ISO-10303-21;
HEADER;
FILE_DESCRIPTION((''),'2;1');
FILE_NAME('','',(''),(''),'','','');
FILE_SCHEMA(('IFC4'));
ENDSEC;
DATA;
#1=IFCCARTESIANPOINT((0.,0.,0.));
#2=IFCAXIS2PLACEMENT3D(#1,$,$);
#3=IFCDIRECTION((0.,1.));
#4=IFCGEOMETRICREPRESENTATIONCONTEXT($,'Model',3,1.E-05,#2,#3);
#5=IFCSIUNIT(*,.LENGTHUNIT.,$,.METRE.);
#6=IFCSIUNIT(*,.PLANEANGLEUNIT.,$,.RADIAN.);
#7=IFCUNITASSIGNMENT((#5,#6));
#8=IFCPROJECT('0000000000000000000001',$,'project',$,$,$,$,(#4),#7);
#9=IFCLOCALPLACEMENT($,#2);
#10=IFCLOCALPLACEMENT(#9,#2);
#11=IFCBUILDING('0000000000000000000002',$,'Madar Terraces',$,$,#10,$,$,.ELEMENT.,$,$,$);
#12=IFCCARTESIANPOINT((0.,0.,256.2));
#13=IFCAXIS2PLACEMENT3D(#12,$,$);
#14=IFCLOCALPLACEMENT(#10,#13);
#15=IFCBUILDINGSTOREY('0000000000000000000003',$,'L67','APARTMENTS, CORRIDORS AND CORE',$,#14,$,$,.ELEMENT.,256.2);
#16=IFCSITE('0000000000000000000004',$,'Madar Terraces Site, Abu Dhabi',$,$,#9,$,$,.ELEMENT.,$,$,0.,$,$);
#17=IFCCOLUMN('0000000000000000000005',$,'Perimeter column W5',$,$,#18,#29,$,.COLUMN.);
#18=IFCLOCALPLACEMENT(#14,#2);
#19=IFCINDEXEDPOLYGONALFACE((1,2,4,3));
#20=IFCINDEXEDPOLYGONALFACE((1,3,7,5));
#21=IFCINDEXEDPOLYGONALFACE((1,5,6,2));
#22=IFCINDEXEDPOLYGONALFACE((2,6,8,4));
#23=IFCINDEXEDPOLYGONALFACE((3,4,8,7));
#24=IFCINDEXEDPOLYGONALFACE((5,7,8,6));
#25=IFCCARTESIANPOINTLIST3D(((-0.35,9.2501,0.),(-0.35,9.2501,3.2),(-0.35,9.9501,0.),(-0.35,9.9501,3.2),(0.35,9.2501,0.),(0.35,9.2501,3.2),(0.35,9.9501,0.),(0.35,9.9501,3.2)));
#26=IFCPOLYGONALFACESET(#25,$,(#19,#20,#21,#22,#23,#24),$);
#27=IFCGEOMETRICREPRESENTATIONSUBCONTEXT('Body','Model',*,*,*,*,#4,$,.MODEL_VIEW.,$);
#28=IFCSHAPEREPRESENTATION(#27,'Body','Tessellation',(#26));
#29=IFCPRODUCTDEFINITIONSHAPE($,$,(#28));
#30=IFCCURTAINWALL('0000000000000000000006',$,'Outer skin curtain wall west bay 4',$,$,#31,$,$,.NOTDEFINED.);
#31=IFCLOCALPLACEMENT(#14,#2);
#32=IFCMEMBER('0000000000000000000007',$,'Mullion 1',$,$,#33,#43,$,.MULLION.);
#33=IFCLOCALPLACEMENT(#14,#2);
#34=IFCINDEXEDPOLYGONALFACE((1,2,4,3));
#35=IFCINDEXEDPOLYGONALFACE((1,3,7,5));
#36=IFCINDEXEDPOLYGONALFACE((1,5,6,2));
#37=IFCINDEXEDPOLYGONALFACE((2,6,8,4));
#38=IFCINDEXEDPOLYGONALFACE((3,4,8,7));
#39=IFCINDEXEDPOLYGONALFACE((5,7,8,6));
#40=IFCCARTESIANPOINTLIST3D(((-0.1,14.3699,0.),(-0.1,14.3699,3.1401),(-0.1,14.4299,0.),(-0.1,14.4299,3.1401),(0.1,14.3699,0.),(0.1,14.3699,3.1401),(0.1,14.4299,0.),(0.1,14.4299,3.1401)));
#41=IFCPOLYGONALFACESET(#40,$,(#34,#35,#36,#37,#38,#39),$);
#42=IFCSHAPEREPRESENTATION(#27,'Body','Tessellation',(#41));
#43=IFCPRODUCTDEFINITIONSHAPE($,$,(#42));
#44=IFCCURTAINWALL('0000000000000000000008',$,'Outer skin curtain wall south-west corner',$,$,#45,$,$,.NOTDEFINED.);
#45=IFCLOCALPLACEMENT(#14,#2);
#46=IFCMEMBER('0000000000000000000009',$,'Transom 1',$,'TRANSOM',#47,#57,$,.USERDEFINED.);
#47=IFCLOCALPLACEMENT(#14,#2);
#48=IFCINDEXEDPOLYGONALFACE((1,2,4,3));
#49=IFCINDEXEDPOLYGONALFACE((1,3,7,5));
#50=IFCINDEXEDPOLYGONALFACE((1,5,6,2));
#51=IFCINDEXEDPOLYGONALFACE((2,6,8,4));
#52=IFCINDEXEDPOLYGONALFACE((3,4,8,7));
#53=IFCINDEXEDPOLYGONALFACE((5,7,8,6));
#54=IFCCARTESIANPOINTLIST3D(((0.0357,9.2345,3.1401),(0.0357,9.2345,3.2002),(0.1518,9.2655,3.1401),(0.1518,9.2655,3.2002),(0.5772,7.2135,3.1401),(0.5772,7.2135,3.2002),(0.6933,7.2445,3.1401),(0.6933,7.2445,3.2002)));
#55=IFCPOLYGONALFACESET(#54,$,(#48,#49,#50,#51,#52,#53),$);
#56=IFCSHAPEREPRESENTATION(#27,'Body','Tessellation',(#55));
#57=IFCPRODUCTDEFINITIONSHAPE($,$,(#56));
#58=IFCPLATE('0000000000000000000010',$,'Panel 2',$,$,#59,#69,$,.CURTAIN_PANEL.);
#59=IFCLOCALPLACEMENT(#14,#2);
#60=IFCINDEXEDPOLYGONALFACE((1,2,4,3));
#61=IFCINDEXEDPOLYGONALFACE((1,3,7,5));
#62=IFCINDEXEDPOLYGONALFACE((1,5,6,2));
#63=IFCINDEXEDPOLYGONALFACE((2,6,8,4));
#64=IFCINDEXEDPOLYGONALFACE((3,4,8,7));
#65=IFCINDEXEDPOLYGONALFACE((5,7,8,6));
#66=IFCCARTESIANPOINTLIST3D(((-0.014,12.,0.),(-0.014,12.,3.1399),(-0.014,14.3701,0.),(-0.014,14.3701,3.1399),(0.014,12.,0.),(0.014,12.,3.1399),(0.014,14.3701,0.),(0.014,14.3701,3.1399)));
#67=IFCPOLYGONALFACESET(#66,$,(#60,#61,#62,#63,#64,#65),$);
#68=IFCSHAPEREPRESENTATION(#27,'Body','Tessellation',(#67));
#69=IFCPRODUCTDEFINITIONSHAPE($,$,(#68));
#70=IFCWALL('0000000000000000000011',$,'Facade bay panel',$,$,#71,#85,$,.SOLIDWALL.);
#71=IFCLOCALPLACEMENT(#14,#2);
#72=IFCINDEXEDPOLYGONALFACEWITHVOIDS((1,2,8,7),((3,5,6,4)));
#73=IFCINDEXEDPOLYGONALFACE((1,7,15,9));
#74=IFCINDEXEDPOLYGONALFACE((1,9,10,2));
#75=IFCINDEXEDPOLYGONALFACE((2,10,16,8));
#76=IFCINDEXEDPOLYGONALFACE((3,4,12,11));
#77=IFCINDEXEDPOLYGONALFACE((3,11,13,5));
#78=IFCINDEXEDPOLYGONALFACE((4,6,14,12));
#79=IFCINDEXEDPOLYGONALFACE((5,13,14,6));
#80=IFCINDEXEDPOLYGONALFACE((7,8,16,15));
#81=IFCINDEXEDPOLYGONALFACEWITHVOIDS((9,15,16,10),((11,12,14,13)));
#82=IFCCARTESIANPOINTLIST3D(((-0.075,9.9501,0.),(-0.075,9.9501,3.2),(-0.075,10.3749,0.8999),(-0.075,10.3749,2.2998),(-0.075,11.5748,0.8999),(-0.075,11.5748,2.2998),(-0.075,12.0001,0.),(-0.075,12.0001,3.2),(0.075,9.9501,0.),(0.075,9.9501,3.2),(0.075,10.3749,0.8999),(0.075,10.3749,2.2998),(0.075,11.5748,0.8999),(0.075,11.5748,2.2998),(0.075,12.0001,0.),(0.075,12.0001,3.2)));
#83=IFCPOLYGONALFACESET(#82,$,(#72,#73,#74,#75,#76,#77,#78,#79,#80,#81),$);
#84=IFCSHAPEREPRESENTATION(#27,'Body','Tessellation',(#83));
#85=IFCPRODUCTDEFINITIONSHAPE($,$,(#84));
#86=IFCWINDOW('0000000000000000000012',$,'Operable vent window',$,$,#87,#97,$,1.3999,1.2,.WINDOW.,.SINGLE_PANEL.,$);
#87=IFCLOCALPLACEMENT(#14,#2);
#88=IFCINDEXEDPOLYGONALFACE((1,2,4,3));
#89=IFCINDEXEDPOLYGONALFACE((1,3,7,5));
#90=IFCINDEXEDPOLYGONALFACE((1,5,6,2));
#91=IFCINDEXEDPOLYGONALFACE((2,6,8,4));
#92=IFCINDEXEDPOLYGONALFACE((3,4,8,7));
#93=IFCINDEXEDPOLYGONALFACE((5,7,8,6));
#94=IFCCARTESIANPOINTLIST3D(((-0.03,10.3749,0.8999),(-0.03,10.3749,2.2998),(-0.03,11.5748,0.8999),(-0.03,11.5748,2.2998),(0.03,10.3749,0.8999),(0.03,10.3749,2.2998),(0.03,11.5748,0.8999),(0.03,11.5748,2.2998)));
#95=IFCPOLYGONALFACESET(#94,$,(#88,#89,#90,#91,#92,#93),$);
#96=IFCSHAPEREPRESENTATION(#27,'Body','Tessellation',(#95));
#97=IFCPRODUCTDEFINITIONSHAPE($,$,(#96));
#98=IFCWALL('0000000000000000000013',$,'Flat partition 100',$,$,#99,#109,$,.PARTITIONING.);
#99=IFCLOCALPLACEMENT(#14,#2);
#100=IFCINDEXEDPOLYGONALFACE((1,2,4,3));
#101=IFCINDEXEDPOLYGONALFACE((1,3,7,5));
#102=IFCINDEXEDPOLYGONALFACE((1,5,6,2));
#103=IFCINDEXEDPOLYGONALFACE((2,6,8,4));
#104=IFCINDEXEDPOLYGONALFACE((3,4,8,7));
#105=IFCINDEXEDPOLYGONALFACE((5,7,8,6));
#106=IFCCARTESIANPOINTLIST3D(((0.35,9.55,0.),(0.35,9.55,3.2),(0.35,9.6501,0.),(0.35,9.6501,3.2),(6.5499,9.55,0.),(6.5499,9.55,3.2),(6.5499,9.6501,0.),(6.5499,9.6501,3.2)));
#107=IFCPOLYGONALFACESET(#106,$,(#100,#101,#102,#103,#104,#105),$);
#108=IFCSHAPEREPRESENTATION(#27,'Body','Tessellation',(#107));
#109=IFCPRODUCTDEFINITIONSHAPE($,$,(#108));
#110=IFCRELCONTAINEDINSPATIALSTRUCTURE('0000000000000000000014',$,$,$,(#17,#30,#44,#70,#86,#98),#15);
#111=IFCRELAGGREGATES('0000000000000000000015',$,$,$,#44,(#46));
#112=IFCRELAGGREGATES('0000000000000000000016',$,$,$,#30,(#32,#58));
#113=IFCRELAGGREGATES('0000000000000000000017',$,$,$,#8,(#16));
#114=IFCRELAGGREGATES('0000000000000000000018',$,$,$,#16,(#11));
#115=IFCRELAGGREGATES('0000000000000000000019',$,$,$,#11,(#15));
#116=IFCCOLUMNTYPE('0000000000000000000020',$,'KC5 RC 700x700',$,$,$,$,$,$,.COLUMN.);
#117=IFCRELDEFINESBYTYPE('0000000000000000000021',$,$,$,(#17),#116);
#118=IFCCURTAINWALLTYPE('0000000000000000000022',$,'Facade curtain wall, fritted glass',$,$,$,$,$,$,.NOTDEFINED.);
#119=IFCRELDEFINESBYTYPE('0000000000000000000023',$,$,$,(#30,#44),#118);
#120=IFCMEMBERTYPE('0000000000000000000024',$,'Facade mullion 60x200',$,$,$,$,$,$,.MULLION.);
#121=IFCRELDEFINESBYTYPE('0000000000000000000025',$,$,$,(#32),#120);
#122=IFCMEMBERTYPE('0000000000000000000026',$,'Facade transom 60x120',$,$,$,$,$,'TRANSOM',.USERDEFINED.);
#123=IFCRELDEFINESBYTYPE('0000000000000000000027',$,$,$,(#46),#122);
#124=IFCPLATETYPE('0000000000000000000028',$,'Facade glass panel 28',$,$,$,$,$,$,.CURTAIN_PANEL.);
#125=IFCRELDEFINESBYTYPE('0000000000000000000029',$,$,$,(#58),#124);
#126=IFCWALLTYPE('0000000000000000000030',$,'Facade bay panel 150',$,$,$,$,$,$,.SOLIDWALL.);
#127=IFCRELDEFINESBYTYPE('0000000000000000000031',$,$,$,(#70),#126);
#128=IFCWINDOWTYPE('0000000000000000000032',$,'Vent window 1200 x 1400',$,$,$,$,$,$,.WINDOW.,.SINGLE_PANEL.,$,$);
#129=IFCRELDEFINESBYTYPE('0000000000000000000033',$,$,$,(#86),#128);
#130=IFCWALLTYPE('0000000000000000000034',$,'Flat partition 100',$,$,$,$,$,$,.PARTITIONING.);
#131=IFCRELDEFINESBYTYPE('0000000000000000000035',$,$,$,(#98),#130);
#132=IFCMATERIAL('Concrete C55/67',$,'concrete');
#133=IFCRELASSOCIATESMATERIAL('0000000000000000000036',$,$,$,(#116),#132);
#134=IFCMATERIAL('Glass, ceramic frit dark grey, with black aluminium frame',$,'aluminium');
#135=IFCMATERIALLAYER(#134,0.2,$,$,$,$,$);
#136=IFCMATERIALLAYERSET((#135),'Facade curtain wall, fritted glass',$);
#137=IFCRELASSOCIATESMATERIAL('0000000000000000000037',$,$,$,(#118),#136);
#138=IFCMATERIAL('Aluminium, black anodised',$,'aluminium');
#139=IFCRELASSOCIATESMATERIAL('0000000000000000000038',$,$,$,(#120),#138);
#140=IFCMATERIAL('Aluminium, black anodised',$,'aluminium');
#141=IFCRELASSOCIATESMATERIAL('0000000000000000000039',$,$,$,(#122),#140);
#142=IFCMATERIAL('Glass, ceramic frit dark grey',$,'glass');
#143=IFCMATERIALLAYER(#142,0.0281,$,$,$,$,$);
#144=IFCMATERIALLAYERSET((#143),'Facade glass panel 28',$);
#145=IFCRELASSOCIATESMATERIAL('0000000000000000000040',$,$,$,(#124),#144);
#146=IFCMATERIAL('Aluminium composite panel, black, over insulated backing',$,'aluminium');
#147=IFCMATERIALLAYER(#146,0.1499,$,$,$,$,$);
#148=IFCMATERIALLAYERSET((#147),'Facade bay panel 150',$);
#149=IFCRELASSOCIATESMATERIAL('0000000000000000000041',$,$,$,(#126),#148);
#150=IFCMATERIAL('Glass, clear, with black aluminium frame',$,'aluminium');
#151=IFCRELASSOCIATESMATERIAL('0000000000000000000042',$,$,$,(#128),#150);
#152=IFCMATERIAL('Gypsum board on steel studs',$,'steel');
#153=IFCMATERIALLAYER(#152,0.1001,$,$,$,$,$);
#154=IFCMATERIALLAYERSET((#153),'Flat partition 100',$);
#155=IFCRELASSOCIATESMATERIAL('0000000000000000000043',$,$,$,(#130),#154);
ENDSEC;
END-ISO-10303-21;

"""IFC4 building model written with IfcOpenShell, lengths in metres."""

from ifc_helpers import new_model, si_unit, direction, frame, frame_2d, origin, origin_2d, place, context, subcontext, project, spatial, rectangle, extrude, material, layer, layer_set, material_profile, profile_set, type_object, element, fill, aggregate, save


model = new_model("IFC4")

# Units and contexts
model_context = context("Model", 3, precision=1e-05, world=origin(), true_north=direction((0.0, 1.0)))
body_context = subcontext(model_context, "Body", "Model", "MODEL_VIEW")
ifc_project = project(units=[si_unit("LENGTHUNIT", "METRE"), si_unit("PLANEANGLEUNIT", "RADIAN")], contexts=[model_context])

# Site, building, storey
site_placement = place(None, origin())
site = spatial("IfcSite", under=ifc_project, at=site_placement, Name="Madar Terraces Site, Abu Dhabi", CompositionType="ELEMENT", RefElevation=0.0)
building_placement = place(site_placement, origin())
building = spatial("IfcBuilding", under=site, at=building_placement, Name="Madar Terraces", CompositionType="ELEMENT")
storey_placement = place(building_placement, frame((0.0, 0.0, 256.2)))
storey = spatial("IfcBuildingStorey", under=building, at=storey_placement, Name="L67", Description="APARTMENTS, CORRIDORS AND CORE", CompositionType="ELEMENT", Elevation=256.2)

# Column
ifc_material_1 = material(Name="Concrete C55/67", Category="concrete")
ifc_material_profile_1 = material_profile(ifc_material_1, rectangle(XDim=0.7, YDim=0.7, at=origin_2d()), Name="KC5 RC 700x700")
ifc_profile_set_1 = profile_set([ifc_material_profile_1], Name="Concrete C55/67")
column_type = type_object("IfcColumnType", Name="KC5 RC 700x700", PredefinedType="COLUMN", material=ifc_profile_set_1)
column_placement = place(storey_placement, frame((0.0, 9.6001, 0.0), z_axis=(0.0, 0.0, 1.0), x_axis=(1.0, 0.0, 0.0)))
element("IfcColumn", 1, at=column_placement, inside=storey, type_object=column_type, Name="Perimeter column W5", PredefinedType="COLUMN", context=body_context, shape_type="SweptSolid", body=[
    extrude(rectangle(XDim=0.7, YDim=0.7, at=origin_2d()), origin(), (0.0, 0.0, 1.0), 3.2),
])

# Curtain walls, members
ifc_material_2 = material(Name="Glass, ceramic frit dark grey, with black aluminium frame", Category="aluminium")
ifc_layer_1 = layer(ifc_material_2, 0.2)
ifc_layer_set_1 = layer_set([ifc_layer_1], Name="Facade curtain wall, fritted glass")
curtain_wall_type = type_object("IfcCurtainWallType", Name="Facade curtain wall, fritted glass", PredefinedType="NOTDEFINED", material=ifc_layer_set_1)
curtain_wall_1_placement = place(storey_placement, origin())
curtain_wall_1 = element("IfcCurtainWall", 2, at=curtain_wall_1_placement, inside=storey, type_object=curtain_wall_type, Name="Outer skin curtain wall west bay 4", PredefinedType="NOTDEFINED")
ifc_material_3 = material(Name="Aluminium, black anodised", Category="aluminium")
ifc_material_profile_2 = material_profile(ifc_material_3, rectangle(XDim=0.2, YDim=0.0601, at=origin_2d()), Name="Facade mullion 60x200")
ifc_profile_set_2 = profile_set([ifc_material_profile_2], Name="Aluminium, black anodised")
member_type_1 = type_object("IfcMemberType", Name="Facade mullion 60x200", PredefinedType="MULLION", material=ifc_profile_set_2)
member_1_placement = place(storey_placement, frame((0.0, 14.3999, 0.0), z_axis=(0.0, 0.0, 1.0), x_axis=(1.0, 0.0, 0.0)))
member_1 = element("IfcMember", 3, at=member_1_placement, type_object=member_type_1, Name="Mullion 1", PredefinedType="MULLION", context=body_context, shape_type="SweptSolid", body=[
    extrude(rectangle(XDim=0.2, YDim=0.0601, at=origin_2d()), origin(), (0.0, 0.0, 1.0), 3.1401),
])
curtain_wall_2_placement = place(storey_placement, origin())
curtain_wall_2 = element("IfcCurtainWall", 4, at=curtain_wall_2_placement, inside=storey, type_object=curtain_wall_type, Name="Outer skin curtain wall south-west corner", PredefinedType="NOTDEFINED")
ifc_material_4 = material(Name="Aluminium, black anodised", Category="aluminium")
ifc_material_profile_3 = material_profile(ifc_material_4, rectangle(XDim=0.1201, YDim=0.0601, at=origin_2d()), Name="Facade transom 60x120")
ifc_profile_set_3 = profile_set([ifc_material_profile_3], Name="Aluminium, black anodised")
member_type_2 = type_object("IfcMemberType", Name="Facade transom 60x120", ElementType="TRANSOM", PredefinedType="USERDEFINED", material=ifc_profile_set_3)
member_2_placement = place(storey_placement, frame((0.0938, 9.25, 3.1702), z_axis=(0.25881, -0.965928, 0.0), x_axis=(0.965928, 0.25881, 0.0)))
member_2 = element("IfcMember", 5, at=member_2_placement, type_object=member_type_2, Name="Transom 1", ObjectType="TRANSOM", PredefinedType="USERDEFINED", context=body_context, shape_type="SweptSolid", body=[
    extrude(rectangle(XDim=0.1201, YDim=0.0601, at=origin_2d()), origin(), (0.0, 0.0, 1.0), 2.0923),
])
aggregate(curtain_wall_2, [member_2])

# Plate
ifc_material_5 = material(Name="Glass, ceramic frit dark grey", Category="glass")
ifc_layer_2 = layer(ifc_material_5, 0.0281)
ifc_layer_set_2 = layer_set([ifc_layer_2], Name="Facade glass panel 28")
plate_type = type_object("IfcPlateType", Name="Facade glass panel 28", PredefinedType="CURTAIN_PANEL", material=ifc_layer_set_2)
plate_placement = place(storey_placement, frame((0.0, 13.1851, 0.0), z_axis=(0.0, 0.0, 1.0), x_axis=(0.0, -1.0, 0.0)))
plate = element("IfcPlate", 6, at=plate_placement, type_object=plate_type, Name="Panel 2", PredefinedType="CURTAIN_PANEL", context=body_context, shape_type="SweptSolid", body=[
    extrude(rectangle(XDim=2.3701, YDim=0.0281, at=origin_2d()), origin(), (0.0, 0.0, 1.0), 3.1399),
])
aggregate(curtain_wall_1, [member_1, plate])

# Wall, opening, window
ifc_material_6 = material(Name="Aluminium composite panel, black, over insulated backing", Category="aluminium")
ifc_layer_3 = layer(ifc_material_6, 0.1499)
ifc_layer_set_3 = layer_set([ifc_layer_3], Name="Facade bay panel 150")
wall_type_1 = type_object("IfcWallType", Name="Facade bay panel 150", PredefinedType="SOLIDWALL", material=ifc_layer_set_3)
wall_1_placement = place(storey_placement, frame((0.0, 12.0, 0.0), z_axis=(0.0, 0.0, 1.0), x_axis=(0.0, -1.0, 0.0)))
wall_1 = element("IfcWall", 7, at=wall_1_placement, inside=storey, type_object=wall_type_1, Name="Facade bay panel", PredefinedType="SOLIDWALL", context=body_context, shape_type="SweptSolid", body=[
    extrude(rectangle(XDim=2.05, YDim=0.1499, at=frame_2d((1.0249, 0.0))), origin(), (0.0, 0.0, 1.0), 3.2),
])
opening_1_placement = place(wall_1_placement, frame((0.425, 0.0, 0.8999)))
opening_1 = element("IfcOpeningElement", 8, at=opening_1_placement, cuts=wall_1, PredefinedType="OPENING", context=body_context, shape_type="SweptSolid", body=[
    extrude(rectangle(XDim=1.2, YDim=1.3999, at=frame_2d((0.6001, 0.7))), frame((0.0, 0.085, 0.0), z_axis=(0.0, -1.0, 0.0), x_axis=(1.0, 0.0, 0.0)), (0.0, 0.0, 1.0), 0.1699),
])
ifc_material_7 = material(Name="Glass, clear, with black aluminium frame", Category="aluminium")
window_type = type_object("IfcWindowType", Name="Vent window 1200 x 1400", PartitioningType="SINGLE_PANEL", PredefinedType="WINDOW", material=ifc_material_7)
window_placement = place(opening_1_placement, origin())
window = element("IfcWindow", 9, at=window_placement, inside=storey, type_object=window_type, Name="Operable vent window", OverallHeight=1.3999, OverallWidth=1.2, PartitioningType="SINGLE_PANEL", PredefinedType="WINDOW", context=body_context, shape_type="SweptSolid", body=[
    extrude(rectangle(XDim=1.2, YDim=1.3999, at=frame_2d((0.6001, 0.7))), frame((0.0, 0.03, 0.0), z_axis=(0.0, -1.0, 0.0), x_axis=(1.0, 0.0, 0.0)), (0.0, 0.0, 1.0), 0.0601),
])
fill(opening_1, window)

# Wall
ifc_material_8 = material(Name="Gypsum board on steel studs", Category="steel")
ifc_layer_4 = layer(ifc_material_8, 0.1001)
ifc_layer_set_4 = layer_set([ifc_layer_4], Name="Flat partition 100")
wall_type_2 = type_object("IfcWallType", Name="Flat partition 100", PredefinedType="PARTITIONING", material=ifc_layer_set_4)
wall_2_placement = place(storey_placement, frame((6.55, 9.6001, 0.0), z_axis=(0.0, 0.0, 1.0), x_axis=(-1.0, 0.0, 0.0)))
element("IfcWall", 10, at=wall_2_placement, inside=storey, type_object=wall_type_2, Name="Flat partition 100", PredefinedType="PARTITIONING", context=body_context, shape_type="SweptSolid", body=[
    extrude(rectangle(XDim=6.2, YDim=0.1001, at=frame_2d((3.1001, 0.0))), origin(), (0.0, 0.0, 1.0), 3.2),
])

save(model, "model.ifc")
